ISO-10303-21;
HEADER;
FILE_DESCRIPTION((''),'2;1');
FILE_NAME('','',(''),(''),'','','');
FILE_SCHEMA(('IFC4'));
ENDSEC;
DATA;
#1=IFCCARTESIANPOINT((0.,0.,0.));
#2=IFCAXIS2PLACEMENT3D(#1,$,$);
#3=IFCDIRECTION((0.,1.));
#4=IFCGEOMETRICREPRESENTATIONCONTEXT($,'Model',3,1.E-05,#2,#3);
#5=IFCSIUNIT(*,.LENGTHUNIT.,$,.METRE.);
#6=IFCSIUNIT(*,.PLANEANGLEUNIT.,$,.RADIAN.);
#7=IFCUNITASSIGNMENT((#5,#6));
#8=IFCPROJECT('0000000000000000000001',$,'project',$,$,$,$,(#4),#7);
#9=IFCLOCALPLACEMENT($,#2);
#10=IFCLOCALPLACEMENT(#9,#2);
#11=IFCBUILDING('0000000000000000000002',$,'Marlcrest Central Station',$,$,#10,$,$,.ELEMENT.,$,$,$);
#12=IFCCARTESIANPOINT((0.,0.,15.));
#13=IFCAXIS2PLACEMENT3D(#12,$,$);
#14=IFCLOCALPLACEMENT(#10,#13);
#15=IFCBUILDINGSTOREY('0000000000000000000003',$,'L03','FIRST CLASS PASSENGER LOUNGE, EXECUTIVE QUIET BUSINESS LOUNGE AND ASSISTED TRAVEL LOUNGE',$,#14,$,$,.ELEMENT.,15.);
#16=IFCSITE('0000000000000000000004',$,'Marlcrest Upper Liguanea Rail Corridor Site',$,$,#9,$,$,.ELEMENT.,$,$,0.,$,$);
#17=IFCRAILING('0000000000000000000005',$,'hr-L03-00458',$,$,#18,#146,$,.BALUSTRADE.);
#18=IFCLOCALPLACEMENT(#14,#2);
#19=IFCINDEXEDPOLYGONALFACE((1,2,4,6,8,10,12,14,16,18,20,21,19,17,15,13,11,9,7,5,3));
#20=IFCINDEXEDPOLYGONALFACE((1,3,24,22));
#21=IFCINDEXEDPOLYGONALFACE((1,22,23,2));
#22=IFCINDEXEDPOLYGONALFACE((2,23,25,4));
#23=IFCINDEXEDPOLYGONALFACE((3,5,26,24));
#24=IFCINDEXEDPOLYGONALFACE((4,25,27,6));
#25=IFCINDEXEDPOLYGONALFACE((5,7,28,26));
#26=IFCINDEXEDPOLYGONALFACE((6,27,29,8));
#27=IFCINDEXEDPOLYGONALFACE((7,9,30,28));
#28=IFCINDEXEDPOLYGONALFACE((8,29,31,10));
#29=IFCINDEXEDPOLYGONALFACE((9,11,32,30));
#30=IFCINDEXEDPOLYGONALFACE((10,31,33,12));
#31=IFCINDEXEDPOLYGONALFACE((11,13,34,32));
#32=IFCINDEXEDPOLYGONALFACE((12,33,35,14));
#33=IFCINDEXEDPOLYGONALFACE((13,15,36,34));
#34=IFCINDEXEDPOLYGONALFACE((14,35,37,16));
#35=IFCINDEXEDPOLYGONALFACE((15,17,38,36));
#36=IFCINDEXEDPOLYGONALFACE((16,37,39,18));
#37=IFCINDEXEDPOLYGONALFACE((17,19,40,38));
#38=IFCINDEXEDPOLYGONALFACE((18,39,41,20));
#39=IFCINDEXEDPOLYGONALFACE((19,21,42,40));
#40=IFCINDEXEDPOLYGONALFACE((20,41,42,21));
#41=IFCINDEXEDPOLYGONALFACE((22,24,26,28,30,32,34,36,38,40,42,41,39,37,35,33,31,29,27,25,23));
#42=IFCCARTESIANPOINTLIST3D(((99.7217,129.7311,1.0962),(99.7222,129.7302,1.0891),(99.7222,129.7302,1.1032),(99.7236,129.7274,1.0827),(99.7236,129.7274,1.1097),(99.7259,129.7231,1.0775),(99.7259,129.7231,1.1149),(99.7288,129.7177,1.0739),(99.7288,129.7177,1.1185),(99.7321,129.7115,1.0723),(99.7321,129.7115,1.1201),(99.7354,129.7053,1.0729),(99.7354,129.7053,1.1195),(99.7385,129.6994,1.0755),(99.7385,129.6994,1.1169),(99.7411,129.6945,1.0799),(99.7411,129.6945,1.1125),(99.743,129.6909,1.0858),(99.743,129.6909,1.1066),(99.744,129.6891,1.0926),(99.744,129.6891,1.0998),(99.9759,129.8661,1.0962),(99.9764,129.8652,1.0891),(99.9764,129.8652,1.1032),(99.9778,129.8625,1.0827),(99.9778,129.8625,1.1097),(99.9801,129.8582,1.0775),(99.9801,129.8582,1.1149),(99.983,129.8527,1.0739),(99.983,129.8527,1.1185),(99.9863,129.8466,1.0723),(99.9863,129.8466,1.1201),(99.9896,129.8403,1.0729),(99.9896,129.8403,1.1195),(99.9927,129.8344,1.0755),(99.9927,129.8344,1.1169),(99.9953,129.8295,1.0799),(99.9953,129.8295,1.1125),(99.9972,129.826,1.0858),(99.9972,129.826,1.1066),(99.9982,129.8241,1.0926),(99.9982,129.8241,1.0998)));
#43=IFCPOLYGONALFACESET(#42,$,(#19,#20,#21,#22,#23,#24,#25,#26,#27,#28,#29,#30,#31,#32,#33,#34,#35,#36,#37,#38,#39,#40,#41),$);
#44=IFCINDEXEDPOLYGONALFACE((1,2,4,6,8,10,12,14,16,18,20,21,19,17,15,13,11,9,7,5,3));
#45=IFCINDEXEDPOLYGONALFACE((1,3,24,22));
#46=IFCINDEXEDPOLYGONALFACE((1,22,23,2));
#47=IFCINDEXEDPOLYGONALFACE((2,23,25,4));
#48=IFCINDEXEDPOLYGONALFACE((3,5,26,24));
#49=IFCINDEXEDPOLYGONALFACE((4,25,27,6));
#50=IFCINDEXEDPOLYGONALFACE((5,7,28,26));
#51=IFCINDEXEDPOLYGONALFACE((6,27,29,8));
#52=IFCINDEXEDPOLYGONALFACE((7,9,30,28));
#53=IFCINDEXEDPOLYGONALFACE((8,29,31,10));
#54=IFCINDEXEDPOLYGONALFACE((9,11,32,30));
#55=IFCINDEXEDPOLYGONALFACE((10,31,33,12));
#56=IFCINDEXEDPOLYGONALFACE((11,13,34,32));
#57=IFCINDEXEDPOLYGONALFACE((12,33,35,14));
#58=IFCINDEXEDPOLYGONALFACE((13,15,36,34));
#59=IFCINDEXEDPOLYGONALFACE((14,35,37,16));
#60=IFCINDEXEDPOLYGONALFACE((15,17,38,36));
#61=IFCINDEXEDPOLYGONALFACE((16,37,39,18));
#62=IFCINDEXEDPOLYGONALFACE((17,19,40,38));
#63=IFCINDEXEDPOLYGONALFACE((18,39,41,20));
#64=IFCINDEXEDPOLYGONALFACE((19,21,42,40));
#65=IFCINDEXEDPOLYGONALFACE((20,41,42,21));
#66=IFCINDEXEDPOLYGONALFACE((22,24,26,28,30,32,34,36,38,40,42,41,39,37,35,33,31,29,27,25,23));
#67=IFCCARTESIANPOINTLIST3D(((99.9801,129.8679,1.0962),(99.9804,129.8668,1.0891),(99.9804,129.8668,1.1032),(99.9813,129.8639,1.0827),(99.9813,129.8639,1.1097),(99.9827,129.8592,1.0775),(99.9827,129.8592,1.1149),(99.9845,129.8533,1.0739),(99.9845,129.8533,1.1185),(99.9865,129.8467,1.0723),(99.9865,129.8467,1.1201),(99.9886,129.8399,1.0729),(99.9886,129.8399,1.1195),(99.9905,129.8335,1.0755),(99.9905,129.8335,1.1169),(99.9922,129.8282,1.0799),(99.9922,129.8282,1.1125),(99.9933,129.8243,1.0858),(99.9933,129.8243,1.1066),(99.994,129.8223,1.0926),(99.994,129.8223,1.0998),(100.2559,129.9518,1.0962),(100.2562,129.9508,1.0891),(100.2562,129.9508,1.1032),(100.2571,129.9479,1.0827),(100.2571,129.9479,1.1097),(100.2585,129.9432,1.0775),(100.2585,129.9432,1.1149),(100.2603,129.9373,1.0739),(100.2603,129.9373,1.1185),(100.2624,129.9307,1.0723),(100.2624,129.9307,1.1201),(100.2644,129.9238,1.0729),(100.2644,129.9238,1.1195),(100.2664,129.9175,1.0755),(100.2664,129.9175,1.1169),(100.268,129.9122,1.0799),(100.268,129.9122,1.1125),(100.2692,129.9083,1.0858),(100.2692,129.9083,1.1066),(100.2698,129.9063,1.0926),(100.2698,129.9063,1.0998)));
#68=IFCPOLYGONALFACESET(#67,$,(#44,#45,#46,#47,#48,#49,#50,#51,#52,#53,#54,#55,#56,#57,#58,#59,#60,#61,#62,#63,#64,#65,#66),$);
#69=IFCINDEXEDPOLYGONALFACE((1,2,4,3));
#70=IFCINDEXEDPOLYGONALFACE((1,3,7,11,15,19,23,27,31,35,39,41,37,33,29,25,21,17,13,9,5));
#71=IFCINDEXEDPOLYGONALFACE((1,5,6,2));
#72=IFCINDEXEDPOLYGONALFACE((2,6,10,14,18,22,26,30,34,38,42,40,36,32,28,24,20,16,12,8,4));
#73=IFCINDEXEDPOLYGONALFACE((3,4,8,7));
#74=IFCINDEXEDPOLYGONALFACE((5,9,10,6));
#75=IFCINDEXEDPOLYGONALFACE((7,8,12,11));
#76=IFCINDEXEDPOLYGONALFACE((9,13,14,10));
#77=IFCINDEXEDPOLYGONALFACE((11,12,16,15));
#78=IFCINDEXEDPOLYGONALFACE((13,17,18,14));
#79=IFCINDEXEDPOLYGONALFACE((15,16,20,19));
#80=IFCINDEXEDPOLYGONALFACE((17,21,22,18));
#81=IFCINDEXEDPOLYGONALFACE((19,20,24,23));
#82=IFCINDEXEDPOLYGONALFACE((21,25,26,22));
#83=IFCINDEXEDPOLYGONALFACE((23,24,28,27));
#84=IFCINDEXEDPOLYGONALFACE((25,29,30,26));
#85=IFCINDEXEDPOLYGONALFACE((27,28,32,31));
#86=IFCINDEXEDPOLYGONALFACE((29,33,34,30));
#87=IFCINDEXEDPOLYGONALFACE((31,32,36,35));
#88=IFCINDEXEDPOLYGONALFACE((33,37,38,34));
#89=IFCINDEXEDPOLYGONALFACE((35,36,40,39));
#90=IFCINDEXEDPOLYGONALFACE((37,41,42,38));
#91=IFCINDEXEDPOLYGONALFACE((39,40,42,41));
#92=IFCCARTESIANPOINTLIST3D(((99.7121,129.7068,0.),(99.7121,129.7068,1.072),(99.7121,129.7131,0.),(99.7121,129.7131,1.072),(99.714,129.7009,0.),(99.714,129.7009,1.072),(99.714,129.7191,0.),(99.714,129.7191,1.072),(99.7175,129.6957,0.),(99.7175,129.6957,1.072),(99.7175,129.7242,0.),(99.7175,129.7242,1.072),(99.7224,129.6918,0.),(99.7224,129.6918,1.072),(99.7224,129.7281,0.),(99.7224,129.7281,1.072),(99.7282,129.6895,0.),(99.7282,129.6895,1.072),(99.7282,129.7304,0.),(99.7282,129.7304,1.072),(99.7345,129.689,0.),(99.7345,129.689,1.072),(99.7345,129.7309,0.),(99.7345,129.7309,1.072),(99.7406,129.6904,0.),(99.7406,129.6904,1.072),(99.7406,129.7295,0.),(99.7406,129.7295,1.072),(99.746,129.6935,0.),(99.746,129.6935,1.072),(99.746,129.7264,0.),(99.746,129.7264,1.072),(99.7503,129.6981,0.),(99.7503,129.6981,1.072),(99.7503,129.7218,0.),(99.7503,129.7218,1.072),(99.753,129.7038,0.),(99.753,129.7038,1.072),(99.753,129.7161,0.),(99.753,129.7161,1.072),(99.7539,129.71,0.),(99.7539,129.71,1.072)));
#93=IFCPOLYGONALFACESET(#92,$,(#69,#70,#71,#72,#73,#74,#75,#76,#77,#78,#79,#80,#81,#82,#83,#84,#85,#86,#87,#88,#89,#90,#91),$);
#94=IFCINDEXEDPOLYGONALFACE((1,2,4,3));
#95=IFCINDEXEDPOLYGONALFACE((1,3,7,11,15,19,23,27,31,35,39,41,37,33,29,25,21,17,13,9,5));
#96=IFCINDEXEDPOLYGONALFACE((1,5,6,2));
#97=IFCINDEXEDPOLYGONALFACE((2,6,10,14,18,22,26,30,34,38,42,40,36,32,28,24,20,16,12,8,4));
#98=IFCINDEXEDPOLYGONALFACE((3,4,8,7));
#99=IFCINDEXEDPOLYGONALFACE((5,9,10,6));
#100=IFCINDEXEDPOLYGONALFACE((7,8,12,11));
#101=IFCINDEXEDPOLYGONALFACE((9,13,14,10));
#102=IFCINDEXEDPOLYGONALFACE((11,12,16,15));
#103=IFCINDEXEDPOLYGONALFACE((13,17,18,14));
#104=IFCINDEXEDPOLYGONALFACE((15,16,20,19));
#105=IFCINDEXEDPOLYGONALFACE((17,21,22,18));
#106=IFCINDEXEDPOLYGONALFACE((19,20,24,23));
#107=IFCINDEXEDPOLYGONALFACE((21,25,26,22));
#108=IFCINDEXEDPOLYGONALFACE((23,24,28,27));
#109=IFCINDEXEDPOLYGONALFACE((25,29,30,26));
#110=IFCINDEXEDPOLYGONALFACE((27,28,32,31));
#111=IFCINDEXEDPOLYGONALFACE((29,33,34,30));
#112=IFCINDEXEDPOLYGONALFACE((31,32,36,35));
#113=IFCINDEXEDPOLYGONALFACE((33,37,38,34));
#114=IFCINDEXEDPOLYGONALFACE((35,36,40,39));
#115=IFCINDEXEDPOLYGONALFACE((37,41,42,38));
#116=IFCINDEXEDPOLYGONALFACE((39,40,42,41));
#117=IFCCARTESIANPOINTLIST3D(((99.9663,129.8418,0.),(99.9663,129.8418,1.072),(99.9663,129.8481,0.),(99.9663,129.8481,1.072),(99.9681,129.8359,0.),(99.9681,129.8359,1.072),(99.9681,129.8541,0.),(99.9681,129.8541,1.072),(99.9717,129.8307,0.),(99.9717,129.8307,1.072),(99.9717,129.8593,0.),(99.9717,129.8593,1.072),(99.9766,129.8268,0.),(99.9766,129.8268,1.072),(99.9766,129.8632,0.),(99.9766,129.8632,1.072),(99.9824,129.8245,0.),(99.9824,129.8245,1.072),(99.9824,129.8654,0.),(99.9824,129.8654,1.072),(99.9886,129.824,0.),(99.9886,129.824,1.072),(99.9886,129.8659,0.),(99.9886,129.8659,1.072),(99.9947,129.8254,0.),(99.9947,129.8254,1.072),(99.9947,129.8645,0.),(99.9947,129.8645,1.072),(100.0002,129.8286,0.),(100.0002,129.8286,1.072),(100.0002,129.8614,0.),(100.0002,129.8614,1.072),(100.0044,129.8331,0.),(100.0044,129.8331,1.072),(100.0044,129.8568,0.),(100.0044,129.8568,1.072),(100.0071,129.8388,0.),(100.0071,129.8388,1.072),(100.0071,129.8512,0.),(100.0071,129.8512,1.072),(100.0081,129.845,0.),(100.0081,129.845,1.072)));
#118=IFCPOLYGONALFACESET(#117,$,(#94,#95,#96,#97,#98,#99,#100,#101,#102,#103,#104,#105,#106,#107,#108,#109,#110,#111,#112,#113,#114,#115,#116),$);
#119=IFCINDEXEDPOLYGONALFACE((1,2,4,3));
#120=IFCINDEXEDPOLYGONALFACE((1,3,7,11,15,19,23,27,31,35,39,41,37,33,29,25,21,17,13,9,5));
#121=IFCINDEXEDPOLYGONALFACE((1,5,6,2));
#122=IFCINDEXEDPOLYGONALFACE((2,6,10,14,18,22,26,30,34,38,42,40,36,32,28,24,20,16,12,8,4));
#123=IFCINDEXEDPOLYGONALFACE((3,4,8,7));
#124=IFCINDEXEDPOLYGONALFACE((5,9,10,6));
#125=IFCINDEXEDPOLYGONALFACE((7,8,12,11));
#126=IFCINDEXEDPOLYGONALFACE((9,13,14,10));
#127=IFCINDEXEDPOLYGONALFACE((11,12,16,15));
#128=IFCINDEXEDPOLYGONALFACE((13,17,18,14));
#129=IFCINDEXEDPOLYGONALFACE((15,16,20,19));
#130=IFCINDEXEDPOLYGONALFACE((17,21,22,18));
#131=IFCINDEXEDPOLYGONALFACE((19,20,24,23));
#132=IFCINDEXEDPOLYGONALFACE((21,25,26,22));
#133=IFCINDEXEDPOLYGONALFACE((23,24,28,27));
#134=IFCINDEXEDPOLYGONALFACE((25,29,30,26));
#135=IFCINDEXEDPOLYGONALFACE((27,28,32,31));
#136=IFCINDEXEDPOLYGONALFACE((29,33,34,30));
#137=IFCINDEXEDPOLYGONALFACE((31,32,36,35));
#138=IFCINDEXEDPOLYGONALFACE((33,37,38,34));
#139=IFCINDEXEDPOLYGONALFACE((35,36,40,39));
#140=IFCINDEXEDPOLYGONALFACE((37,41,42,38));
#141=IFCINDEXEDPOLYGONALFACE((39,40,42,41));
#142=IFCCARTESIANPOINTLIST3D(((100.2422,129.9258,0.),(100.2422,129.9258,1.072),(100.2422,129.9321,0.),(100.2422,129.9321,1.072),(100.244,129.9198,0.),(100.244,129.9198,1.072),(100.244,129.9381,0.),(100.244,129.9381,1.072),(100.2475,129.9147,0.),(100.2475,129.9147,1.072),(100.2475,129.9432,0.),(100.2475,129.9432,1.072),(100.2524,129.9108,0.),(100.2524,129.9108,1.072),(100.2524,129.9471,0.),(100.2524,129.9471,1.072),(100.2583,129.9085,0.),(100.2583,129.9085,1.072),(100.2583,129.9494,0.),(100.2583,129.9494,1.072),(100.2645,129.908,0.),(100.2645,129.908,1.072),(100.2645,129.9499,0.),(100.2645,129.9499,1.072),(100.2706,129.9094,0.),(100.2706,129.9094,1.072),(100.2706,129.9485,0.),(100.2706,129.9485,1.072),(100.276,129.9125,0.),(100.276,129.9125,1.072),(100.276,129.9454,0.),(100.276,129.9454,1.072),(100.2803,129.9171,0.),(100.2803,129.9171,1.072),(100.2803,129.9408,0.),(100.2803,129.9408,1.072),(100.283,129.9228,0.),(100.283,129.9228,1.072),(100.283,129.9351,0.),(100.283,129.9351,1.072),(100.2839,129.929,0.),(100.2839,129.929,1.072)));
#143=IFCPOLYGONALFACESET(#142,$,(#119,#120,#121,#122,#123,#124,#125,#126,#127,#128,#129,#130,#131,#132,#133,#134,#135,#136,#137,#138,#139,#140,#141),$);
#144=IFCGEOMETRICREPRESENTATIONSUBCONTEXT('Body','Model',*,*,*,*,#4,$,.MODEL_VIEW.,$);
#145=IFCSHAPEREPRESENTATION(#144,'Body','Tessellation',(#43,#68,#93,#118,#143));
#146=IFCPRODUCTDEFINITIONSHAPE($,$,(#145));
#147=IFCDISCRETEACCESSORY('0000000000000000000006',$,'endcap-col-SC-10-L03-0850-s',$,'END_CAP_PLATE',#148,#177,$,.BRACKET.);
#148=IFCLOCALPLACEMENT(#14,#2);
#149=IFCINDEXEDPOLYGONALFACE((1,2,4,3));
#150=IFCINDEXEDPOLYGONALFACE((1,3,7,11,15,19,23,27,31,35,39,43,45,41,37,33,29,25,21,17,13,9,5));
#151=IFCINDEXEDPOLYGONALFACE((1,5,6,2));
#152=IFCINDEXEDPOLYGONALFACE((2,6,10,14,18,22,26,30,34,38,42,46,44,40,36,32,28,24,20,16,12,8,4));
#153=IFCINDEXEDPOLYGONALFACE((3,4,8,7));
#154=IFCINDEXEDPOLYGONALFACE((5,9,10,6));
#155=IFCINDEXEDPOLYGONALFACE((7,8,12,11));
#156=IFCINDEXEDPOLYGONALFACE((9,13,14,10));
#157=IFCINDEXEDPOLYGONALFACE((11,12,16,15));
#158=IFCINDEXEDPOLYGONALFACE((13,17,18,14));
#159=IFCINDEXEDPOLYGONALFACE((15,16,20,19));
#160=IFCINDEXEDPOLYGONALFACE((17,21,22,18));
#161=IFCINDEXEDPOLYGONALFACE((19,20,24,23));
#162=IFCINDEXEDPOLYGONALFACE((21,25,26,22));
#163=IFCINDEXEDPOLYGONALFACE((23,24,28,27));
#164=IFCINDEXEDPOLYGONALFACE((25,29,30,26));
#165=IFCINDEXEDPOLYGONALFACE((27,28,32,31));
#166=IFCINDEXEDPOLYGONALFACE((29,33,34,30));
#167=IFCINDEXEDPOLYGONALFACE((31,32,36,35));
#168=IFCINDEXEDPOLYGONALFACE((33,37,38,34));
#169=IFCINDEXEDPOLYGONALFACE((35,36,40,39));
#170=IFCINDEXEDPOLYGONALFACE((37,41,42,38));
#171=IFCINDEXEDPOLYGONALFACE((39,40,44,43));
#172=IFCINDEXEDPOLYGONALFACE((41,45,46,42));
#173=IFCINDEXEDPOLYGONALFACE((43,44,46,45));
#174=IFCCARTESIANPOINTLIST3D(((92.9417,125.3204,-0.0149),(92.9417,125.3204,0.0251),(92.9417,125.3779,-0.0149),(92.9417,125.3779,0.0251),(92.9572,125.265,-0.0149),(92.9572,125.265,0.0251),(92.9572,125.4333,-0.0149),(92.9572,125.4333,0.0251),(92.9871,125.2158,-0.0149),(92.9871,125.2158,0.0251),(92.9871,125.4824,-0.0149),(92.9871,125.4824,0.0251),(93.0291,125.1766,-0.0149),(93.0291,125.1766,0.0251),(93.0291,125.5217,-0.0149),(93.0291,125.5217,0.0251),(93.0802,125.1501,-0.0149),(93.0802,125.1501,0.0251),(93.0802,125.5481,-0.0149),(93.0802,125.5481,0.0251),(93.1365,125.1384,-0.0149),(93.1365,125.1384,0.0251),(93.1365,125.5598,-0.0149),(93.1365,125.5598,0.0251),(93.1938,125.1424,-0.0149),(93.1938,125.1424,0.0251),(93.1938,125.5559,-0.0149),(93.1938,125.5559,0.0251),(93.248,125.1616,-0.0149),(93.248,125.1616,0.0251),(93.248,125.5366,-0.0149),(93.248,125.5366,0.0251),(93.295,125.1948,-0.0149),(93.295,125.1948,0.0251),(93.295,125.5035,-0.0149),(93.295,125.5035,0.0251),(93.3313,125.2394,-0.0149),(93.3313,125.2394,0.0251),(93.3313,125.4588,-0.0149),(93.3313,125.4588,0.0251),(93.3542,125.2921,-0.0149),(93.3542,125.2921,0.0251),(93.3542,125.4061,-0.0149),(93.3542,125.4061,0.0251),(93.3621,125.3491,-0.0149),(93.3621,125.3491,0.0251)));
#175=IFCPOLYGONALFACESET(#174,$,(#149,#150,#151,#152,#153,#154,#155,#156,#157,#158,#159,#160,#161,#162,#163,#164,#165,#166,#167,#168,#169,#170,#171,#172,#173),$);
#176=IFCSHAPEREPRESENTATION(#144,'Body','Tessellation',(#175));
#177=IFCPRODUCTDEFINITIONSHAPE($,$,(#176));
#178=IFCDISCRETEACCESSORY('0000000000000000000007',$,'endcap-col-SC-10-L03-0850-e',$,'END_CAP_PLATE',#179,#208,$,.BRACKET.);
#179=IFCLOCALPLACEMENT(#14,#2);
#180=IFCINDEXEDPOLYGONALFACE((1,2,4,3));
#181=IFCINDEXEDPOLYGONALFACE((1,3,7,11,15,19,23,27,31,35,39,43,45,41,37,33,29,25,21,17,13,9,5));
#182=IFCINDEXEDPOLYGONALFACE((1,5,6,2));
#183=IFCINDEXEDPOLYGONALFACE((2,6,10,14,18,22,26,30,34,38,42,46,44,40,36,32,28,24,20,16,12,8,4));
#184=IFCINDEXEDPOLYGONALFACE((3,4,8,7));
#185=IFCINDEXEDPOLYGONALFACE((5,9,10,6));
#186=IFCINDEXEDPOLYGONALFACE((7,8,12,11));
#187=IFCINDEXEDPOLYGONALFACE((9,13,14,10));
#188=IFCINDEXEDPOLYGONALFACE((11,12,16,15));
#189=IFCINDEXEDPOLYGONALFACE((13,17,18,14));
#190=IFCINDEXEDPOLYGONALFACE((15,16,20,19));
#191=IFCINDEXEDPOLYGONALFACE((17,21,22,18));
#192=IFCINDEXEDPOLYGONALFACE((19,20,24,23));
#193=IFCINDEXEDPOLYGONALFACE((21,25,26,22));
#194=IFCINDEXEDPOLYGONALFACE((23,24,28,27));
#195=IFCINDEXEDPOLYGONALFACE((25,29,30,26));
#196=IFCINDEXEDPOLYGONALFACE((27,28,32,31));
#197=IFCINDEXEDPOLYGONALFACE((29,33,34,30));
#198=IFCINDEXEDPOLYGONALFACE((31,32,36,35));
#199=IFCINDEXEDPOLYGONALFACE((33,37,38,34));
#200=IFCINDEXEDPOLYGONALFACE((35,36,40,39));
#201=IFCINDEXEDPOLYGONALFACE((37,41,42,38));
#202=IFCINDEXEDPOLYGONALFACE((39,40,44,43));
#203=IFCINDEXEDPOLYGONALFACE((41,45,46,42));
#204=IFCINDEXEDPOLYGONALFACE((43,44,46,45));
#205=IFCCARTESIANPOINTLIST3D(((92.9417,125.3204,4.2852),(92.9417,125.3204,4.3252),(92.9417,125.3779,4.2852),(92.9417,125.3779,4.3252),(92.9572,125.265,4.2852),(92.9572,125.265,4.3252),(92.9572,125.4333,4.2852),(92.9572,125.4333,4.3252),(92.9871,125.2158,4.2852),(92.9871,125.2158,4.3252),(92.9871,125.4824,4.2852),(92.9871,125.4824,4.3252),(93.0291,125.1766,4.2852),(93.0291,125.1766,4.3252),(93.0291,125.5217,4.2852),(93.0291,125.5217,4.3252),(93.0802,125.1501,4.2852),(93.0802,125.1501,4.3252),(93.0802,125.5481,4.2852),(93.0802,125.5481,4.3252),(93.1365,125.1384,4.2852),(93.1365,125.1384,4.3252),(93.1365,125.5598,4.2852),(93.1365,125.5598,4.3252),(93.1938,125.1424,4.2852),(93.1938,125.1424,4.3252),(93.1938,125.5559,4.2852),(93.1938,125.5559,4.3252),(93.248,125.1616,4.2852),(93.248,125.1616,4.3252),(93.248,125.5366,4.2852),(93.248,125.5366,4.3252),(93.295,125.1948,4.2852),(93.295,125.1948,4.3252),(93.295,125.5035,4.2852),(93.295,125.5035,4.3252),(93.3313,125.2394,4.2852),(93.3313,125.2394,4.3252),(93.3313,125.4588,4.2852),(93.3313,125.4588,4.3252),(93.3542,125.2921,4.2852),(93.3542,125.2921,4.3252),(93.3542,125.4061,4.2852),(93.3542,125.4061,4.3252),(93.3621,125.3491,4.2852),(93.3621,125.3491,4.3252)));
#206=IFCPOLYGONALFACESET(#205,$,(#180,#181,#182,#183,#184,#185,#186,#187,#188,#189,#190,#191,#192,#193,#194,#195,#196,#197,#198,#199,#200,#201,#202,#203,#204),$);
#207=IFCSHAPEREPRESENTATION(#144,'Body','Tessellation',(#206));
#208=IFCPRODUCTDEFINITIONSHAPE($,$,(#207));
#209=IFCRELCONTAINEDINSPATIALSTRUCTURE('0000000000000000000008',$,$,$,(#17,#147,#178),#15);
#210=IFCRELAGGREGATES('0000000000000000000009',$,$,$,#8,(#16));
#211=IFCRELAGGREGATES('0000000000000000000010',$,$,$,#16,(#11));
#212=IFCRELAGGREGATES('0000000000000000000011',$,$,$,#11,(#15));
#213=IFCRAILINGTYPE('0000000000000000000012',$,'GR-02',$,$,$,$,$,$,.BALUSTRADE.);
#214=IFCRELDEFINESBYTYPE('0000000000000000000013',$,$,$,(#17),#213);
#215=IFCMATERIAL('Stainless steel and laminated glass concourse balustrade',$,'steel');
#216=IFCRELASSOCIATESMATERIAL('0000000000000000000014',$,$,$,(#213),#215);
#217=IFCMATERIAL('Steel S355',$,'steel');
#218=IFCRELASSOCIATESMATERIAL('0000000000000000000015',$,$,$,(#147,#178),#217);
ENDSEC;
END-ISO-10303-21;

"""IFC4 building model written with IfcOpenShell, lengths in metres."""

from ifc_helpers import new_model, si_unit, direction, frame, origin, origin_2d, place, context, subcontext, project, spatial, circle, extrude, material, type_object, element, save


model = new_model("IFC4")

# Units and contexts
model_context = context("Model", 3, precision=1e-05, world=origin(), true_north=direction((0.0, 1.0)))
body_context = subcontext(model_context, "Body", "Model", "MODEL_VIEW")
ifc_project = project(units=[si_unit("LENGTHUNIT", "METRE"), si_unit("PLANEANGLEUNIT", "RADIAN")], contexts=[model_context])

# Site, building, storey
site_placement = place(None, origin())
site = spatial("IfcSite", under=ifc_project, at=site_placement, Name="Marlcrest Upper Liguanea Rail Corridor Site", CompositionType="ELEMENT", RefElevation=0.0)
building_placement = place(site_placement, origin())
building = spatial("IfcBuilding", under=site, at=building_placement, Name="Marlcrest Central Station", CompositionType="ELEMENT")
storey_placement = place(building_placement, frame((0.0, 0.0, 15.0)))
storey = spatial("IfcBuildingStorey", under=building, at=storey_placement, Name="L03", Description="FIRST CLASS PASSENGER LOUNGE, EXECUTIVE QUIET BUSINESS LOUNGE AND ASSISTED TRAVEL LOUNGE", CompositionType="ELEMENT", Elevation=15.0)

# Shared definitions
ifc_material_1 = material(Name="Steel S355", Category="steel")

# Railing
ifc_material_2 = material(Name="Stainless steel and laminated glass concourse balustrade", Category="steel")
railing_type = type_object("IfcRailingType", Name="GR-02", PredefinedType="BALUSTRADE", material=ifc_material_2)
railing_1_placement = place(storey_placement, frame((99.7329, 129.71, 0.0)))
element("IfcRailing", 1, at=railing_1_placement, inside=storey, type_object=railing_type, Name="hr-L03-00458", PredefinedType="BALUSTRADE", context=body_context, shape_type="SweptSolid", body=[
    extrude(circle(Radius=0.0239, at=origin_2d()), frame((0.0, 0.0, 1.0962), z_axis=(0.883127, 0.469135, 0.0), x_axis=(-0.469135, 0.883127, 0.0)), (0.0, 0.0, 1.0), 0.2878),
    extrude(circle(Radius=0.0239, at=origin_2d()), frame((0.2542, 0.135, 1.0962), z_axis=(0.956653, 0.291229, 0.0), x_axis=(-0.291229, 0.956653, 0.0)), (0.0, 0.0, 1.0), 0.2883),
    extrude(circle(Radius=0.021, at=origin_2d()), origin(), (0.0, 0.0, 1.0), 1.072),
    extrude(circle(Radius=0.021, at=origin_2d()), frame((0.2542, 0.135, 0.0)), (0.0, 0.0, 1.0), 1.072),
    extrude(circle(Radius=0.021, at=origin_2d()), frame((0.53, 0.219, 0.0)), (0.0, 0.0, 1.0), 1.072),
])

# Discrete accessories
for number, where, z_axis, x_axis, name in (
    (2, (93.1509, 125.3491, -0.0149), (0.0, 0.0, 1.0), (1.0, 0.0, 0.0), "endcap-col-SC-10-L03-0850-s"),
    (3, (93.1509, 125.3491, 4.2852), (0.0, 0.0, 1.0), (1.0, 0.0, 0.0), "endcap-col-SC-10-L03-0850-e"),
):
    element("IfcDiscreteAccessory", number, at=place(storey_placement, frame(where, z_axis=z_axis, x_axis=x_axis)), inside=storey, material=ifc_material_1, Name=name, ObjectType="END_CAP_PLATE", PredefinedType="BRACKET", context=body_context, shape_type="SweptSolid", body=[
        extrude(circle(Radius=0.2112, at=origin_2d()), origin(), (0.0, 0.0, 1.0), 0.04),
    ])

save(model, "model.ifc")
